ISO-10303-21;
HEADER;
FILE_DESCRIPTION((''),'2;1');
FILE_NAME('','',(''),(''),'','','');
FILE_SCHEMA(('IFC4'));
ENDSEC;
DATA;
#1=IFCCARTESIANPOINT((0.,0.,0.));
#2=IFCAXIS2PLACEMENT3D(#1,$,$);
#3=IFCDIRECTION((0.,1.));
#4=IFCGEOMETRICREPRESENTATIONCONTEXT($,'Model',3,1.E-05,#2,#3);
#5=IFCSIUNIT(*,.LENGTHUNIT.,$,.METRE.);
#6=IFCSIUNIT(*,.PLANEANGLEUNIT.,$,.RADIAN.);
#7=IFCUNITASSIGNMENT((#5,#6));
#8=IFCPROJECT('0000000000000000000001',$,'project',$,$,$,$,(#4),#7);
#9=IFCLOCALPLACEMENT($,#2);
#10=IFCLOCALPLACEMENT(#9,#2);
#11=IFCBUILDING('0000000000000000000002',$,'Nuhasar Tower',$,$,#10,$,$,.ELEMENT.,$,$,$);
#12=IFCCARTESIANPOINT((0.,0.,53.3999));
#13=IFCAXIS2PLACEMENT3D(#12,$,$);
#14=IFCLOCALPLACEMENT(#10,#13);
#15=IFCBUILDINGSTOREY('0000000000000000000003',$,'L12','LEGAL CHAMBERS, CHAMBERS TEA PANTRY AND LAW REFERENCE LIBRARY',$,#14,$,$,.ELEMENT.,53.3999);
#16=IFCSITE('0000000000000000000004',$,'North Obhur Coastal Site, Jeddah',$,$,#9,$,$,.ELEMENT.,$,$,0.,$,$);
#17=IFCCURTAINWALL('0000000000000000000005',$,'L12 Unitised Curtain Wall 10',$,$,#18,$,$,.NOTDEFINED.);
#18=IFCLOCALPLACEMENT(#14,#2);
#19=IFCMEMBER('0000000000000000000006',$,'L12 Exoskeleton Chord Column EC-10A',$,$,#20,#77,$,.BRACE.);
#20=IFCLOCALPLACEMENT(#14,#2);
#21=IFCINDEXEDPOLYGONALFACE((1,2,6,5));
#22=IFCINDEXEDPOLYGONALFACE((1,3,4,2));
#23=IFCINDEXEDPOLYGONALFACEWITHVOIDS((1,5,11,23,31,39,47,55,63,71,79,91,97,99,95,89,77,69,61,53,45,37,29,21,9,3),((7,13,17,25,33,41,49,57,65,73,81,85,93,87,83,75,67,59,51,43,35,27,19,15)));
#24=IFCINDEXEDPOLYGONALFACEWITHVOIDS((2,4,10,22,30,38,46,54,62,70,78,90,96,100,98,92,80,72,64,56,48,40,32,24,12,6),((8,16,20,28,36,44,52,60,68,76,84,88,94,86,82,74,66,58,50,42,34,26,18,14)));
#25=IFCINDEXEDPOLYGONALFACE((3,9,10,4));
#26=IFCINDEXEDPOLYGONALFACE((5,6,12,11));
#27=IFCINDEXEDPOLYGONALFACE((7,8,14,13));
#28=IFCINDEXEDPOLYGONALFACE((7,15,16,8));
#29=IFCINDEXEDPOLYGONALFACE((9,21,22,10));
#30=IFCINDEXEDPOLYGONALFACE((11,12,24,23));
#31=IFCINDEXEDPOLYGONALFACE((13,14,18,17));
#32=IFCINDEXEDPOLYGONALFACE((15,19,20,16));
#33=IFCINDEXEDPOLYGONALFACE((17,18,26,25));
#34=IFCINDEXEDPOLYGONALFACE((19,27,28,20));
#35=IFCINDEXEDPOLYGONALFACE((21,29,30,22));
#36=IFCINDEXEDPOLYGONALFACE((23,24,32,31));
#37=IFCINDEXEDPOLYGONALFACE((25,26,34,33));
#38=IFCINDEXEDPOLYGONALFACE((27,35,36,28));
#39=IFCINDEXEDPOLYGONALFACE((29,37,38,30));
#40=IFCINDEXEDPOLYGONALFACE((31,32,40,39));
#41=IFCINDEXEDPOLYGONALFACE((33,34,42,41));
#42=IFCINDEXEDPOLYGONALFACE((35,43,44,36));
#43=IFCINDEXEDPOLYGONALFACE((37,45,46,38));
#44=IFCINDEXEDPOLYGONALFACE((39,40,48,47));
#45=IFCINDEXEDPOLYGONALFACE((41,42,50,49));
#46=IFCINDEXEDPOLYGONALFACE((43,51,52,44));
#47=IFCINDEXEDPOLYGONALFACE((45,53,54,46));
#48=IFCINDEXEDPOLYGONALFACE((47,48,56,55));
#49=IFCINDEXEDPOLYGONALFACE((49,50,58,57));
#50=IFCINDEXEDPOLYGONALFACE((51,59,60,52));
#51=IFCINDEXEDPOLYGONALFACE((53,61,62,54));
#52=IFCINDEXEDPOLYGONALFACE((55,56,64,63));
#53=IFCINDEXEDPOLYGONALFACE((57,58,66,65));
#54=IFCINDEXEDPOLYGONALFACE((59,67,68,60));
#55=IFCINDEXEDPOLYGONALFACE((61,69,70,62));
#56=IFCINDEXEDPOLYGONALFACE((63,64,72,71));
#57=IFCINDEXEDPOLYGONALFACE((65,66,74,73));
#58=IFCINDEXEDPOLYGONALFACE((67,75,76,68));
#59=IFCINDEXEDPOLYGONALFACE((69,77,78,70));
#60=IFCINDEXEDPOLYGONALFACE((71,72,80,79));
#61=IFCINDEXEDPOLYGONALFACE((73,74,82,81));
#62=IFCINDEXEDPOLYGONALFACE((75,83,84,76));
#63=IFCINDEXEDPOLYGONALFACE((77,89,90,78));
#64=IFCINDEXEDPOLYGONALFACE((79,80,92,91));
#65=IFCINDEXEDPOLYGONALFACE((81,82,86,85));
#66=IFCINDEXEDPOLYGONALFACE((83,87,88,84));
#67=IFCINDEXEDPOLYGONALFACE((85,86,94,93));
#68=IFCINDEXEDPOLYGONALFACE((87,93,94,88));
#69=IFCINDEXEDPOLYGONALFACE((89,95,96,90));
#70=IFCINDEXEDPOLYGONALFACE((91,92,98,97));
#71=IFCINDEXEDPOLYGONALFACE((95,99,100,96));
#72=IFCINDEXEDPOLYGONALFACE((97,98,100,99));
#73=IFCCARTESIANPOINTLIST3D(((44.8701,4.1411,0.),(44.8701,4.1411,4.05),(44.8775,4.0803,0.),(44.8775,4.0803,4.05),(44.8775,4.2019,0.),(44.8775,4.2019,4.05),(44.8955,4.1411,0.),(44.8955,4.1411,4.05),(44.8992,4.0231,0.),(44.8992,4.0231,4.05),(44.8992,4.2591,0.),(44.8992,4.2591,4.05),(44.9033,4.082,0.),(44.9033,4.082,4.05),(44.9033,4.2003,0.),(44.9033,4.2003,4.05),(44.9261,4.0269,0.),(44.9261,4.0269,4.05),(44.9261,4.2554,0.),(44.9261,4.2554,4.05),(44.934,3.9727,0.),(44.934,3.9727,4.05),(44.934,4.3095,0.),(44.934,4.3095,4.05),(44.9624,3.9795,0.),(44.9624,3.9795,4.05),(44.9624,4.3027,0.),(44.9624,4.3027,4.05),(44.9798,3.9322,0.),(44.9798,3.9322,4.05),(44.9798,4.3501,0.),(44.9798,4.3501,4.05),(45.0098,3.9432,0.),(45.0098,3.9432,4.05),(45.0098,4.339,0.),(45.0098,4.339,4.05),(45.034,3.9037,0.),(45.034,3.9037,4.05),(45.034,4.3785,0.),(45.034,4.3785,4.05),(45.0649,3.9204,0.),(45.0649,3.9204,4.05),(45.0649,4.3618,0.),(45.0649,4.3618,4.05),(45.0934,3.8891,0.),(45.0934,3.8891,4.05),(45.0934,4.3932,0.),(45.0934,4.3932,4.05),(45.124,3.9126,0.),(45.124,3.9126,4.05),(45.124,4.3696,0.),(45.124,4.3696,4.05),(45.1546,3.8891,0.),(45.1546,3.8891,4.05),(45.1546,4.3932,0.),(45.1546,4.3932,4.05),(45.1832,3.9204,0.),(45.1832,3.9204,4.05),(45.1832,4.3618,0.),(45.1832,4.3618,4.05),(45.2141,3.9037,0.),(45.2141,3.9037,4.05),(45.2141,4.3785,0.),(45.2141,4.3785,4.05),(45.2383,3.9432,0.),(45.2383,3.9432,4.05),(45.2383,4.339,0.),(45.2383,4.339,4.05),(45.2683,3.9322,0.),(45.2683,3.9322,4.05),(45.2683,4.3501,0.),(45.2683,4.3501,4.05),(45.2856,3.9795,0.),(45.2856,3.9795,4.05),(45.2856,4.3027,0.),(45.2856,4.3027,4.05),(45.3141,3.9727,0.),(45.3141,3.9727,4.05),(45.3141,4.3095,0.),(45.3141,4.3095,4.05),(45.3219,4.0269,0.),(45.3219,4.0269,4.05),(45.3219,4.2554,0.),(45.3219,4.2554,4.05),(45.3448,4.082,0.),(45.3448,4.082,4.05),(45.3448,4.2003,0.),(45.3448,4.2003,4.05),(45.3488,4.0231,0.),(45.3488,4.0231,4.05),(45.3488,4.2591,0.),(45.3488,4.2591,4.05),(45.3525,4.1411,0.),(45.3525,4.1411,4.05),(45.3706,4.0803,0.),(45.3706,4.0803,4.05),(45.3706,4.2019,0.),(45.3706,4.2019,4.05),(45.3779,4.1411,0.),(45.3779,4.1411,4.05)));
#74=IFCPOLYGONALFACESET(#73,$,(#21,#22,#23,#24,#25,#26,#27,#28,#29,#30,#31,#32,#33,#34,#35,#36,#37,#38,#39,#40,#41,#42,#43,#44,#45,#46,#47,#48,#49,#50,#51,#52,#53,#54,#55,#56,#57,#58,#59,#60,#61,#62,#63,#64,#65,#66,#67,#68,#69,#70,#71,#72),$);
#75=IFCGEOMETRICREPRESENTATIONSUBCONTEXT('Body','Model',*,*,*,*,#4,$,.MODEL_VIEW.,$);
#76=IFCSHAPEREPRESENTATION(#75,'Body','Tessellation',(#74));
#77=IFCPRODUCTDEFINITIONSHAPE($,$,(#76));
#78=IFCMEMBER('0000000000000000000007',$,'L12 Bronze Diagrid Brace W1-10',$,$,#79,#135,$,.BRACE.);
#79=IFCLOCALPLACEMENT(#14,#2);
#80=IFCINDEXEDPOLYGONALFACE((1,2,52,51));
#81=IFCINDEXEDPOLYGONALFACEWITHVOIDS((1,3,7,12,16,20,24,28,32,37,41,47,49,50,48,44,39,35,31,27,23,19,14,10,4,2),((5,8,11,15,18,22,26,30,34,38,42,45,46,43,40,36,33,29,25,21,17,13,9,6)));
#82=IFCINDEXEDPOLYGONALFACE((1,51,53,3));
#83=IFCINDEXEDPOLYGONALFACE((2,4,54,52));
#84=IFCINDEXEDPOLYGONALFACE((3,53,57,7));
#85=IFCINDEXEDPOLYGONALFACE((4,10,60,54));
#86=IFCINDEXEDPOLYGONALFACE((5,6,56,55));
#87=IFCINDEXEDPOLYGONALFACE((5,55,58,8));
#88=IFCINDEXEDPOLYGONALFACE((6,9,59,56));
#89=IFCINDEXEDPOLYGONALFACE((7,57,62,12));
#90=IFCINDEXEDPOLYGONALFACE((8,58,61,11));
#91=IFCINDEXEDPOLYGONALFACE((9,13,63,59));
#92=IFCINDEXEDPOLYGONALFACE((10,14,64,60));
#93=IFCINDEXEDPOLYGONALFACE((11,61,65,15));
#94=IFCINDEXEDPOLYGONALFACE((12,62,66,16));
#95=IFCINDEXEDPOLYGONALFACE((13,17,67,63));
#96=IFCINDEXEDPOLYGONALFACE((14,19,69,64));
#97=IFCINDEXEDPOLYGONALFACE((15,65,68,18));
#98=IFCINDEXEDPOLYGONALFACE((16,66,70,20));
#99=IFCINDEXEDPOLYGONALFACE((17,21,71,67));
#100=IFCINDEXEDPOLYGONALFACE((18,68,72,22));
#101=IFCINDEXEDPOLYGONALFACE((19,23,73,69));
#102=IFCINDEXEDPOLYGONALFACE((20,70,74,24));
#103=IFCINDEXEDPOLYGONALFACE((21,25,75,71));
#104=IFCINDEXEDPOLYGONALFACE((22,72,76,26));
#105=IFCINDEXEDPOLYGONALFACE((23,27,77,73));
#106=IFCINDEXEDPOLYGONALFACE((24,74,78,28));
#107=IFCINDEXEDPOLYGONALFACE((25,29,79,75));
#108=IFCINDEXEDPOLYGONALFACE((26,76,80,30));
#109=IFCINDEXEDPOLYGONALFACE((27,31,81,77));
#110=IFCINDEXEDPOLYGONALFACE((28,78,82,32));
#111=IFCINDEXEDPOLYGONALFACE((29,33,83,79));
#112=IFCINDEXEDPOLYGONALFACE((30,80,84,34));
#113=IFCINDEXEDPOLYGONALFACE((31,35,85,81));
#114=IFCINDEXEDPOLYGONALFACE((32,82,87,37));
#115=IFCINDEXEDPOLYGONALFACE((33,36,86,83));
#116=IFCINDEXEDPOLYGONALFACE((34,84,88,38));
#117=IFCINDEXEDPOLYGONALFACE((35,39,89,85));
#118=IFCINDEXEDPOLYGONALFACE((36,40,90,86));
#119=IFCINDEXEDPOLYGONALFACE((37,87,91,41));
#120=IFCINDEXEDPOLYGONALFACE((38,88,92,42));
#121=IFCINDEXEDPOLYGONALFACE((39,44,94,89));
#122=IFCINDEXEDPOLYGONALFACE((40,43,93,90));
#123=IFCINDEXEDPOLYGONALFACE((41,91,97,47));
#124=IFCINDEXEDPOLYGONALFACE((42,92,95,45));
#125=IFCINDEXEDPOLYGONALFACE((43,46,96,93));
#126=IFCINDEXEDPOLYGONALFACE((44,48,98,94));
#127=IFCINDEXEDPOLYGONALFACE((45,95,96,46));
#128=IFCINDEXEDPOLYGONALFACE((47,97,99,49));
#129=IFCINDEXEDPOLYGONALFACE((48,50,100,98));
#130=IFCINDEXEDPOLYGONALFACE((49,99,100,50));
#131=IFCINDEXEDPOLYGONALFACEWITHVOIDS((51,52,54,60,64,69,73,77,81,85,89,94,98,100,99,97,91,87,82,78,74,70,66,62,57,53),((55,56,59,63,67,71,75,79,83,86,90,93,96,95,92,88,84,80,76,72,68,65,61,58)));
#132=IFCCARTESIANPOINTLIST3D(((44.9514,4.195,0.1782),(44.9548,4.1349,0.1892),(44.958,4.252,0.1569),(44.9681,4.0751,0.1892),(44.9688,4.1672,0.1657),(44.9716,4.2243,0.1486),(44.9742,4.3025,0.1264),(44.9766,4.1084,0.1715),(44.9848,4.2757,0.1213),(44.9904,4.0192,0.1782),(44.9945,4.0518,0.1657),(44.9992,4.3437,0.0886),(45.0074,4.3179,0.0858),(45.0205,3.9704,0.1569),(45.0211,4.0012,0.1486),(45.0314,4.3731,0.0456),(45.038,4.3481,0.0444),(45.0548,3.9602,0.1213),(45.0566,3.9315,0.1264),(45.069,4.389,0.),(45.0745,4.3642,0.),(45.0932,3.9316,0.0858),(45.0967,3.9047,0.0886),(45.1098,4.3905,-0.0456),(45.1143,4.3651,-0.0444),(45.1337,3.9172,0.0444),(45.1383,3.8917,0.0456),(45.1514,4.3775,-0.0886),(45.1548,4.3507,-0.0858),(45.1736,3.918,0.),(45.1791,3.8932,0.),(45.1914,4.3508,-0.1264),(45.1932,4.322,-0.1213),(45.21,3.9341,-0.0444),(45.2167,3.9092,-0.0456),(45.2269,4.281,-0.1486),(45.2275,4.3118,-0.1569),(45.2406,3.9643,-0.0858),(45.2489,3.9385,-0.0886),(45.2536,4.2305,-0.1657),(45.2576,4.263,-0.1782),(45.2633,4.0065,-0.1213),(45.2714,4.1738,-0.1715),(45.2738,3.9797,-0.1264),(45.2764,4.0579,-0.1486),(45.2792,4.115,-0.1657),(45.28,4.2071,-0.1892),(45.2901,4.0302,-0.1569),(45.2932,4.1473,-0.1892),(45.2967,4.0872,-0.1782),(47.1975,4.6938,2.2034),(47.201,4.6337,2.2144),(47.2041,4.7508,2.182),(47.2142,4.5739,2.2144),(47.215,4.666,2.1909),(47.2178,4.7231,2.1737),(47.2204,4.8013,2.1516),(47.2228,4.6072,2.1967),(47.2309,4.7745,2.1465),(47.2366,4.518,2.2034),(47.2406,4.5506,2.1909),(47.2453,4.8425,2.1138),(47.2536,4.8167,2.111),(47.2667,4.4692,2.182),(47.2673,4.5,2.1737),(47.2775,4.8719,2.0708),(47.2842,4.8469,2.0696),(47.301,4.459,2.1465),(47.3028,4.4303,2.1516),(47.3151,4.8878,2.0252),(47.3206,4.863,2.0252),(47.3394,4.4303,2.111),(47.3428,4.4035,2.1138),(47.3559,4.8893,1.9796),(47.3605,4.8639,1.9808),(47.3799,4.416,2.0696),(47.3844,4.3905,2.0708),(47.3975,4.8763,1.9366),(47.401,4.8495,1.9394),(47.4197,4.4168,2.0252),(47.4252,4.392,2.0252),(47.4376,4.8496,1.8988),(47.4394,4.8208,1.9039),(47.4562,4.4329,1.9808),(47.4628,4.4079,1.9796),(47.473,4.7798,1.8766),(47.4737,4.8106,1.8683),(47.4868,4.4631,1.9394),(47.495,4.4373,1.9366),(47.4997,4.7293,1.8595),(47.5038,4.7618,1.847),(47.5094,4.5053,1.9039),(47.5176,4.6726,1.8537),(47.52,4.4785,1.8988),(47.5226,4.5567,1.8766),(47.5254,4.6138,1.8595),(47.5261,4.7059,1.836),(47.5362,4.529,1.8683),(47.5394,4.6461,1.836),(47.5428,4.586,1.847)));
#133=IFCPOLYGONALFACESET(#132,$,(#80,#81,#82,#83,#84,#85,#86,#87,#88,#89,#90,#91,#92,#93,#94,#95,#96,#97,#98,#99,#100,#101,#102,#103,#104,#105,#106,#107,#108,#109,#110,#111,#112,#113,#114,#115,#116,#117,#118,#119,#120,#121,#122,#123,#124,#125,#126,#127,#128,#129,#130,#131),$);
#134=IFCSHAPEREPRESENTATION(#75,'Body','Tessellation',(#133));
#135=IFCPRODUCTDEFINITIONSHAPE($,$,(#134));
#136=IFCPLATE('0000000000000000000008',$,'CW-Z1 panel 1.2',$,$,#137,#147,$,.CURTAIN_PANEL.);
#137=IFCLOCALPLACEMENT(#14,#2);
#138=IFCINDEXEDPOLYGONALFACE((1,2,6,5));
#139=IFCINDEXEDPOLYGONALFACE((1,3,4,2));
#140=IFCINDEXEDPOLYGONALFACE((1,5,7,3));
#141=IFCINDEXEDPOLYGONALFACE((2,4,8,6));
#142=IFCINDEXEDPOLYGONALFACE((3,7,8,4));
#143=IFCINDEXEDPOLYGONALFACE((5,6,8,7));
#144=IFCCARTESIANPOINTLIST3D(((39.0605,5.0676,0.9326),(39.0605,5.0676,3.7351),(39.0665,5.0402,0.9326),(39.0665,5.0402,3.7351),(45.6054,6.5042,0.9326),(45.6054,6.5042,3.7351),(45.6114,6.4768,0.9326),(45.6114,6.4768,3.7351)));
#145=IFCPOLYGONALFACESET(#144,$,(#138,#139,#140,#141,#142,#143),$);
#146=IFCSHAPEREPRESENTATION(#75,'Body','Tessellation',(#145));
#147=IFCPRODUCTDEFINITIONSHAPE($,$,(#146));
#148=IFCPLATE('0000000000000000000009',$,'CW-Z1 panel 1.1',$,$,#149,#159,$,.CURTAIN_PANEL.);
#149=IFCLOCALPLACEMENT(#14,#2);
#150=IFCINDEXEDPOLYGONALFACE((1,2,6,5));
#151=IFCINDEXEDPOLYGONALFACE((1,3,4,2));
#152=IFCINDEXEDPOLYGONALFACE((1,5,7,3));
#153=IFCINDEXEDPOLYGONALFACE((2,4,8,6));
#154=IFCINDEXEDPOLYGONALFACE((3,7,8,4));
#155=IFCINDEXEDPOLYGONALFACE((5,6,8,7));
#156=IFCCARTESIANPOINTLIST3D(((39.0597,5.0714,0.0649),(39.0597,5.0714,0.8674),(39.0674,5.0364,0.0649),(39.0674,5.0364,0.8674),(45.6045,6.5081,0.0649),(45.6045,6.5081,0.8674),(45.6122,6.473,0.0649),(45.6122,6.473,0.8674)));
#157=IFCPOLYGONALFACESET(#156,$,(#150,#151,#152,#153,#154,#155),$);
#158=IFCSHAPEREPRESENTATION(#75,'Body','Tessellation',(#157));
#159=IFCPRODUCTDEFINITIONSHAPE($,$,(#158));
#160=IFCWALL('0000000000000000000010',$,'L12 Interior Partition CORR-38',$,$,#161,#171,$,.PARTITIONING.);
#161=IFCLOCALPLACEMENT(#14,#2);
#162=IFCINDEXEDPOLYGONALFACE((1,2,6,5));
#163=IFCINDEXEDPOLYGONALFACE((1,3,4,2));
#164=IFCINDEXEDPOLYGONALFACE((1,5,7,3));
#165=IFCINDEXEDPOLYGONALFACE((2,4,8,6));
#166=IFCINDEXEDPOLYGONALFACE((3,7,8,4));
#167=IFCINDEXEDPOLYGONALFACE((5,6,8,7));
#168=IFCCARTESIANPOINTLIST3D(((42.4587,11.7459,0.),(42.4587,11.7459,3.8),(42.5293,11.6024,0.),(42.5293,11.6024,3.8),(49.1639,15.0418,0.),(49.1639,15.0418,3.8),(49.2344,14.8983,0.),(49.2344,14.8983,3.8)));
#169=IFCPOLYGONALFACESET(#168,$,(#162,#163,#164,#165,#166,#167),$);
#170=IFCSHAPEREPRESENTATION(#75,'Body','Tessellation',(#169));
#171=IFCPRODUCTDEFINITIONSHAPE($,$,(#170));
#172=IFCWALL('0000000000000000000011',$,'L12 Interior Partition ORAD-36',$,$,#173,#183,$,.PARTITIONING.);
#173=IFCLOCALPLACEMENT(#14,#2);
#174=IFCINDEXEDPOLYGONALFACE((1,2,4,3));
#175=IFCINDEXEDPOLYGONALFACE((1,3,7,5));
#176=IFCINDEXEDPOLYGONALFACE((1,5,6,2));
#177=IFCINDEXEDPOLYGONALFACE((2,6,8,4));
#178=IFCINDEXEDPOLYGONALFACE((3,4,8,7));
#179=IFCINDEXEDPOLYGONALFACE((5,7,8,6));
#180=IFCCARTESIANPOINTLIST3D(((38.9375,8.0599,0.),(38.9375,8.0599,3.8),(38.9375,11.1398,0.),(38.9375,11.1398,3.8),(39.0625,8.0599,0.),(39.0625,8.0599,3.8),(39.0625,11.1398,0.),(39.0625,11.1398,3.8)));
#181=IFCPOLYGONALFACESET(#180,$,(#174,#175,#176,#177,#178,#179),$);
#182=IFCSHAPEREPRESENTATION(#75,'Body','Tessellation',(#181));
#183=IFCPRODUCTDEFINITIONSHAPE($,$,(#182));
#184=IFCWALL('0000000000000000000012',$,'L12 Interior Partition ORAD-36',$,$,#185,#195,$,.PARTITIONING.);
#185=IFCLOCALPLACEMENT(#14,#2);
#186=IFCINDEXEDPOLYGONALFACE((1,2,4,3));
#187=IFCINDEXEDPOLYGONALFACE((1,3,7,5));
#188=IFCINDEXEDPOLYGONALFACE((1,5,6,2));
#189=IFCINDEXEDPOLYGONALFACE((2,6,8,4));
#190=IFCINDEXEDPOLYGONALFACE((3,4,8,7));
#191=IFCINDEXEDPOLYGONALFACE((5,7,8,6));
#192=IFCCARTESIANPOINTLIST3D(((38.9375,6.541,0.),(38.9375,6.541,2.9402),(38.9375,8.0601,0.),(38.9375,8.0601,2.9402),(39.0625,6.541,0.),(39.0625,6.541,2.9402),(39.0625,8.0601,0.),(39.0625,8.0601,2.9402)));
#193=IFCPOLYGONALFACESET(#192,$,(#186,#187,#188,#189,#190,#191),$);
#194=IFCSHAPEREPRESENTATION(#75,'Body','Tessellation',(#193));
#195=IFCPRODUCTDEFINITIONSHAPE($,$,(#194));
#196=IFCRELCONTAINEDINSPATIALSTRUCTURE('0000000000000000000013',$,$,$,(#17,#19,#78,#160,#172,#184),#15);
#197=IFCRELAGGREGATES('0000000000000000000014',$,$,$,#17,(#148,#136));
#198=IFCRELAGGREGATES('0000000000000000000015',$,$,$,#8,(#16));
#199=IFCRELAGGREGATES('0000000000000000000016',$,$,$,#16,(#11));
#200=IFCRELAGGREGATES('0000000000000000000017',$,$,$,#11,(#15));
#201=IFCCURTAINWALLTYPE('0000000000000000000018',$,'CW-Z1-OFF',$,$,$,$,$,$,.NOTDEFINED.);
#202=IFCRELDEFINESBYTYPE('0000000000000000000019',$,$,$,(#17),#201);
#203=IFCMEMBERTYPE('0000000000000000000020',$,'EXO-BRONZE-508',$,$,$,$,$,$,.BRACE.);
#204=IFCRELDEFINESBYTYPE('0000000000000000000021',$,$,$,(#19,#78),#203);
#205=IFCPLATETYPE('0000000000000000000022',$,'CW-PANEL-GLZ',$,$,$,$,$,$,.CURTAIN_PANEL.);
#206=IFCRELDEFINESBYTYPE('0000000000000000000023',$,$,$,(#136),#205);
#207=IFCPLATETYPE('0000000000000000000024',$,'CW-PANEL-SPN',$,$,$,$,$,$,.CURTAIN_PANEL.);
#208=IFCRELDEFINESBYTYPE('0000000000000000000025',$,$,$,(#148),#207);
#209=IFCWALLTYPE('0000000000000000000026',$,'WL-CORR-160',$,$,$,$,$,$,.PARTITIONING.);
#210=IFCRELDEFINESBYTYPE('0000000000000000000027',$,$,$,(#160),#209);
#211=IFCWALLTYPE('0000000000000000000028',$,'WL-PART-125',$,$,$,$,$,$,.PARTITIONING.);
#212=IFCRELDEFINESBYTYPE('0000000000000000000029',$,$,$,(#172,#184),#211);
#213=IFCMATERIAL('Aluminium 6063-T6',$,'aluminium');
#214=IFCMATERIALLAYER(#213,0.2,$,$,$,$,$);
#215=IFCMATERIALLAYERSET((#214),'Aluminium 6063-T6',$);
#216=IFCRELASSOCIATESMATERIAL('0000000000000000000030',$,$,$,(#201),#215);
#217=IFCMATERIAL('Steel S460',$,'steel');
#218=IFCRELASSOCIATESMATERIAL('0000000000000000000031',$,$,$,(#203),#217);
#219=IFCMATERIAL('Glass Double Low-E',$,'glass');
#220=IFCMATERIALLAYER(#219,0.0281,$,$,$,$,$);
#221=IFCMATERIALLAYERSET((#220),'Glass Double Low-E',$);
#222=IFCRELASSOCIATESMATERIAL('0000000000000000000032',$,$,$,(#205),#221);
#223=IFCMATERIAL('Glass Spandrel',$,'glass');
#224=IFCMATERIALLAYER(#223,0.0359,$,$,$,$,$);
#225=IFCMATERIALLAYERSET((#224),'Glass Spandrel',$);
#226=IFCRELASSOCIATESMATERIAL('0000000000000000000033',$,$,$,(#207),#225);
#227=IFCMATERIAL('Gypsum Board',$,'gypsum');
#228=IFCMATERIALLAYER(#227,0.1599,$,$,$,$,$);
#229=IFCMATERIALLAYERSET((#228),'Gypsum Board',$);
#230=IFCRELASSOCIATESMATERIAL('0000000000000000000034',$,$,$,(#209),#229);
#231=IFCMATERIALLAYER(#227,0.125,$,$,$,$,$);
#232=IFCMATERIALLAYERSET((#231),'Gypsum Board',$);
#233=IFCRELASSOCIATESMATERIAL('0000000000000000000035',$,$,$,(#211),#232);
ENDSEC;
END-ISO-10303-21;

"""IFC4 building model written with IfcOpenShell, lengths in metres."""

from ifc_helpers import new_model, si_unit, direction, frame, frame_2d, origin, origin_2d, place, context, subcontext, project, spatial, rectangle, hollow_circle, extrude, material, layer, layer_set, material_profile, profile_set, type_object, element, aggregate, save


model = new_model("IFC4")

# Units and contexts
model_context = context("Model", 3, precision=1e-05, world=origin(), true_north=direction((0.0, 1.0)))
body_context = subcontext(model_context, "Body", "Model", "MODEL_VIEW")
ifc_project = project(units=[si_unit("LENGTHUNIT", "METRE"), si_unit("PLANEANGLEUNIT", "RADIAN")], contexts=[model_context])

# Site, building, storey
site_placement = place(None, origin())
site = spatial("IfcSite", under=ifc_project, at=site_placement, Name="North Obhur Coastal Site, Jeddah", CompositionType="ELEMENT", RefElevation=0.0)
building_placement = place(site_placement, origin())
building = spatial("IfcBuilding", under=site, at=building_placement, Name="Nuhasar Tower", CompositionType="ELEMENT")
storey_placement = place(building_placement, frame((0.0, 0.0, 53.3999)))
storey = spatial("IfcBuildingStorey", under=building, at=storey_placement, Name="L12", Description="LEGAL CHAMBERS, CHAMBERS TEA PANTRY AND LAW REFERENCE LIBRARY", CompositionType="ELEMENT", Elevation=53.3999)

# Curtain wall
ifc_material_1 = material(Name="Aluminium 6063-T6", Category="aluminium")
ifc_layer_1 = layer(ifc_material_1, 0.2)
ifc_layer_set_1 = layer_set([ifc_layer_1], Name="Aluminium 6063-T6")
curtain_wall_type = type_object("IfcCurtainWallType", Name="CW-Z1-OFF", PredefinedType="NOTDEFINED", material=ifc_layer_set_1)
curtain_wall_placement = place(storey_placement, origin())
curtain_wall = element("IfcCurtainWall", 1, at=curtain_wall_placement, inside=storey, type_object=curtain_wall_type, Name="L12 Unitised Curtain Wall 10", PredefinedType="NOTDEFINED")

# Members
ifc_material_2 = material(Name="Steel S460", Category="steel")
ifc_material_profile_1 = material_profile(ifc_material_2, hollow_circle(Radius=0.2539, WallThickness=0.0254, at=origin_2d()), Name="HSS508X25.4")
ifc_profile_set_1 = profile_set([ifc_material_profile_1], Name="Steel S460")
member_type_1 = type_object("IfcMemberType", Name="EXO-BRONZE-508", PredefinedType="BRACE", material=ifc_profile_set_1)
member_1_placement = place(storey_placement, frame((45.124, 4.1411, 0.0), z_axis=(0.0, 0.0, 1.0), x_axis=(1.0, 0.0, 0.0)))
element("IfcMember", 2, at=member_1_placement, inside=storey, type_object=member_type_1, Name="L12 Exoskeleton Chord Column EC-10A", PredefinedType="BRACE", context=body_context, shape_type="SweptSolid", body=[
    extrude(hollow_circle(Radius=0.2539, WallThickness=0.0254, at=origin_2d()), origin(), (0.0, 0.0, 1.0), 4.05),
])
member_2_placement = place(storey_placement, frame((45.124, 4.1411, 0.0), z_axis=(0.732792, 0.162728, 0.660708), x_axis=(-0.216784, 0.97622, 0.0)))
element("IfcMember", 3, at=member_2_placement, inside=storey, type_object=member_type_1, Name="L12 Bronze Diagrid Brace W1-10", PredefinedType="BRACE", context=body_context, shape_type="SweptSolid", body=[
    extrude(hollow_circle(Radius=0.2539, WallThickness=0.0254, at=origin_2d()), origin(), (0.0, 0.0, 1.0), 3.0652),
])

# Plates
ifc_material_3 = material(Name="Glass Double Low-E", Category="glass")
ifc_layer_2 = layer(ifc_material_3, 0.0281)
ifc_layer_set_2 = layer_set([ifc_layer_2], Name="Glass Double Low-E")
plate_type_1 = type_object("IfcPlateType", Name="CW-PANEL-GLZ", PredefinedType="CURTAIN_PANEL", material=ifc_layer_set_2)
plate_1_placement = place(storey_placement, frame((42.3359, 5.7722, 0.9326), z_axis=(0.0, 0.0, 1.0), x_axis=(0.976746, 0.214399, 0.0)))
plate_1 = element("IfcPlate", 4, at=plate_1_placement, type_object=plate_type_1, Name="CW-Z1 panel 1.2", PredefinedType="CURTAIN_PANEL", context=body_context, shape_type="SweptSolid", body=[
    extrude(rectangle(XDim=6.7007, YDim=0.0281, at=origin_2d()), origin(), (0.0, 0.0, 1.0), 2.8025),
])
ifc_material_4 = material(Name="Glass Spandrel", Category="glass")
ifc_layer_3 = layer(ifc_material_4, 0.0359)
ifc_layer_set_3 = layer_set([ifc_layer_3], Name="Glass Spandrel")
plate_type_2 = type_object("IfcPlateType", Name="CW-PANEL-SPN", PredefinedType="CURTAIN_PANEL", material=ifc_layer_set_3)
plate_2_placement = place(storey_placement, frame((42.3359, 5.7722, 0.0649), z_axis=(0.0, 0.0, 1.0), x_axis=(0.976746, 0.214399, 0.0)))
plate_2 = element("IfcPlate", 5, at=plate_2_placement, type_object=plate_type_2, Name="CW-Z1 panel 1.1", PredefinedType="CURTAIN_PANEL", context=body_context, shape_type="SweptSolid", body=[
    extrude(rectangle(XDim=6.7007, YDim=0.0359, at=origin_2d()), origin(), (0.0, 0.0, 1.0), 0.8025),
])
aggregate(curtain_wall, [plate_2, plate_1])

# Shared definitions
ifc_material_5 = material(Name="Gypsum Board", Category="gypsum")
ifc_layer_4 = layer(ifc_material_5, 0.1599)
ifc_layer_set_4 = layer_set([ifc_layer_4], Name="Gypsum Board")
wall_type_1 = type_object("IfcWallType", Name="WL-CORR-160", PredefinedType="PARTITIONING", material=ifc_layer_set_4)

# Wall
wall_1_placement = place(storey_placement, frame((42.4939, 11.6741, 0.0), z_axis=(0.0, 0.0, 1.0), x_axis=(0.897439, 0.441138, 0.0)))
element("IfcWall", 6, at=wall_1_placement, inside=storey, type_object=wall_type_1, Name="L12 Interior Partition CORR-38", PredefinedType="PARTITIONING", context=body_context, shape_type="SweptSolid", body=[
    extrude(rectangle(XDim=7.4714, YDim=0.1599, at=frame_2d((3.7358, 0.0))), origin(), (0.0, 0.0, 1.0), 3.8),
])

# Walls
ifc_layer_5 = layer(ifc_material_5, 0.125)
ifc_layer_set_5 = layer_set([ifc_layer_5], Name="Gypsum Board")
wall_type_2 = type_object("IfcWallType", Name="WL-PART-125", PredefinedType="PARTITIONING", material=ifc_layer_set_5)
wall_2_placement = place(storey_placement, frame((39.0, 11.1399, 0.0), z_axis=(0.0, 0.0, 1.0), x_axis=(0.0, -1.0, 0.0)))
element("IfcWall", 7, at=wall_2_placement, inside=storey, type_object=wall_type_2, Name="L12 Interior Partition ORAD-36", PredefinedType="PARTITIONING", context=body_context, shape_type="SweptSolid", body=[
    extrude(rectangle(XDim=3.0798, YDim=0.125, at=frame_2d((1.54, 0.0))), origin(), (0.0, 0.0, 1.0), 3.8),
])
wall_3_placement = place(storey_placement, frame((39.0, 8.0601, 0.0), z_axis=(0.0, 0.0, 1.0), x_axis=(0.0, -1.0, 0.0)))
element("IfcWall", 8, at=wall_3_placement, inside=storey, type_object=wall_type_2, Name="L12 Interior Partition ORAD-36", PredefinedType="PARTITIONING", context=body_context, shape_type="SweptSolid", body=[
    extrude(rectangle(XDim=1.519, YDim=0.125, at=frame_2d((0.7595, 0.0))), origin(), (0.0, 0.0, 1.0), 2.9402),
])

save(model, "model.ifc")
